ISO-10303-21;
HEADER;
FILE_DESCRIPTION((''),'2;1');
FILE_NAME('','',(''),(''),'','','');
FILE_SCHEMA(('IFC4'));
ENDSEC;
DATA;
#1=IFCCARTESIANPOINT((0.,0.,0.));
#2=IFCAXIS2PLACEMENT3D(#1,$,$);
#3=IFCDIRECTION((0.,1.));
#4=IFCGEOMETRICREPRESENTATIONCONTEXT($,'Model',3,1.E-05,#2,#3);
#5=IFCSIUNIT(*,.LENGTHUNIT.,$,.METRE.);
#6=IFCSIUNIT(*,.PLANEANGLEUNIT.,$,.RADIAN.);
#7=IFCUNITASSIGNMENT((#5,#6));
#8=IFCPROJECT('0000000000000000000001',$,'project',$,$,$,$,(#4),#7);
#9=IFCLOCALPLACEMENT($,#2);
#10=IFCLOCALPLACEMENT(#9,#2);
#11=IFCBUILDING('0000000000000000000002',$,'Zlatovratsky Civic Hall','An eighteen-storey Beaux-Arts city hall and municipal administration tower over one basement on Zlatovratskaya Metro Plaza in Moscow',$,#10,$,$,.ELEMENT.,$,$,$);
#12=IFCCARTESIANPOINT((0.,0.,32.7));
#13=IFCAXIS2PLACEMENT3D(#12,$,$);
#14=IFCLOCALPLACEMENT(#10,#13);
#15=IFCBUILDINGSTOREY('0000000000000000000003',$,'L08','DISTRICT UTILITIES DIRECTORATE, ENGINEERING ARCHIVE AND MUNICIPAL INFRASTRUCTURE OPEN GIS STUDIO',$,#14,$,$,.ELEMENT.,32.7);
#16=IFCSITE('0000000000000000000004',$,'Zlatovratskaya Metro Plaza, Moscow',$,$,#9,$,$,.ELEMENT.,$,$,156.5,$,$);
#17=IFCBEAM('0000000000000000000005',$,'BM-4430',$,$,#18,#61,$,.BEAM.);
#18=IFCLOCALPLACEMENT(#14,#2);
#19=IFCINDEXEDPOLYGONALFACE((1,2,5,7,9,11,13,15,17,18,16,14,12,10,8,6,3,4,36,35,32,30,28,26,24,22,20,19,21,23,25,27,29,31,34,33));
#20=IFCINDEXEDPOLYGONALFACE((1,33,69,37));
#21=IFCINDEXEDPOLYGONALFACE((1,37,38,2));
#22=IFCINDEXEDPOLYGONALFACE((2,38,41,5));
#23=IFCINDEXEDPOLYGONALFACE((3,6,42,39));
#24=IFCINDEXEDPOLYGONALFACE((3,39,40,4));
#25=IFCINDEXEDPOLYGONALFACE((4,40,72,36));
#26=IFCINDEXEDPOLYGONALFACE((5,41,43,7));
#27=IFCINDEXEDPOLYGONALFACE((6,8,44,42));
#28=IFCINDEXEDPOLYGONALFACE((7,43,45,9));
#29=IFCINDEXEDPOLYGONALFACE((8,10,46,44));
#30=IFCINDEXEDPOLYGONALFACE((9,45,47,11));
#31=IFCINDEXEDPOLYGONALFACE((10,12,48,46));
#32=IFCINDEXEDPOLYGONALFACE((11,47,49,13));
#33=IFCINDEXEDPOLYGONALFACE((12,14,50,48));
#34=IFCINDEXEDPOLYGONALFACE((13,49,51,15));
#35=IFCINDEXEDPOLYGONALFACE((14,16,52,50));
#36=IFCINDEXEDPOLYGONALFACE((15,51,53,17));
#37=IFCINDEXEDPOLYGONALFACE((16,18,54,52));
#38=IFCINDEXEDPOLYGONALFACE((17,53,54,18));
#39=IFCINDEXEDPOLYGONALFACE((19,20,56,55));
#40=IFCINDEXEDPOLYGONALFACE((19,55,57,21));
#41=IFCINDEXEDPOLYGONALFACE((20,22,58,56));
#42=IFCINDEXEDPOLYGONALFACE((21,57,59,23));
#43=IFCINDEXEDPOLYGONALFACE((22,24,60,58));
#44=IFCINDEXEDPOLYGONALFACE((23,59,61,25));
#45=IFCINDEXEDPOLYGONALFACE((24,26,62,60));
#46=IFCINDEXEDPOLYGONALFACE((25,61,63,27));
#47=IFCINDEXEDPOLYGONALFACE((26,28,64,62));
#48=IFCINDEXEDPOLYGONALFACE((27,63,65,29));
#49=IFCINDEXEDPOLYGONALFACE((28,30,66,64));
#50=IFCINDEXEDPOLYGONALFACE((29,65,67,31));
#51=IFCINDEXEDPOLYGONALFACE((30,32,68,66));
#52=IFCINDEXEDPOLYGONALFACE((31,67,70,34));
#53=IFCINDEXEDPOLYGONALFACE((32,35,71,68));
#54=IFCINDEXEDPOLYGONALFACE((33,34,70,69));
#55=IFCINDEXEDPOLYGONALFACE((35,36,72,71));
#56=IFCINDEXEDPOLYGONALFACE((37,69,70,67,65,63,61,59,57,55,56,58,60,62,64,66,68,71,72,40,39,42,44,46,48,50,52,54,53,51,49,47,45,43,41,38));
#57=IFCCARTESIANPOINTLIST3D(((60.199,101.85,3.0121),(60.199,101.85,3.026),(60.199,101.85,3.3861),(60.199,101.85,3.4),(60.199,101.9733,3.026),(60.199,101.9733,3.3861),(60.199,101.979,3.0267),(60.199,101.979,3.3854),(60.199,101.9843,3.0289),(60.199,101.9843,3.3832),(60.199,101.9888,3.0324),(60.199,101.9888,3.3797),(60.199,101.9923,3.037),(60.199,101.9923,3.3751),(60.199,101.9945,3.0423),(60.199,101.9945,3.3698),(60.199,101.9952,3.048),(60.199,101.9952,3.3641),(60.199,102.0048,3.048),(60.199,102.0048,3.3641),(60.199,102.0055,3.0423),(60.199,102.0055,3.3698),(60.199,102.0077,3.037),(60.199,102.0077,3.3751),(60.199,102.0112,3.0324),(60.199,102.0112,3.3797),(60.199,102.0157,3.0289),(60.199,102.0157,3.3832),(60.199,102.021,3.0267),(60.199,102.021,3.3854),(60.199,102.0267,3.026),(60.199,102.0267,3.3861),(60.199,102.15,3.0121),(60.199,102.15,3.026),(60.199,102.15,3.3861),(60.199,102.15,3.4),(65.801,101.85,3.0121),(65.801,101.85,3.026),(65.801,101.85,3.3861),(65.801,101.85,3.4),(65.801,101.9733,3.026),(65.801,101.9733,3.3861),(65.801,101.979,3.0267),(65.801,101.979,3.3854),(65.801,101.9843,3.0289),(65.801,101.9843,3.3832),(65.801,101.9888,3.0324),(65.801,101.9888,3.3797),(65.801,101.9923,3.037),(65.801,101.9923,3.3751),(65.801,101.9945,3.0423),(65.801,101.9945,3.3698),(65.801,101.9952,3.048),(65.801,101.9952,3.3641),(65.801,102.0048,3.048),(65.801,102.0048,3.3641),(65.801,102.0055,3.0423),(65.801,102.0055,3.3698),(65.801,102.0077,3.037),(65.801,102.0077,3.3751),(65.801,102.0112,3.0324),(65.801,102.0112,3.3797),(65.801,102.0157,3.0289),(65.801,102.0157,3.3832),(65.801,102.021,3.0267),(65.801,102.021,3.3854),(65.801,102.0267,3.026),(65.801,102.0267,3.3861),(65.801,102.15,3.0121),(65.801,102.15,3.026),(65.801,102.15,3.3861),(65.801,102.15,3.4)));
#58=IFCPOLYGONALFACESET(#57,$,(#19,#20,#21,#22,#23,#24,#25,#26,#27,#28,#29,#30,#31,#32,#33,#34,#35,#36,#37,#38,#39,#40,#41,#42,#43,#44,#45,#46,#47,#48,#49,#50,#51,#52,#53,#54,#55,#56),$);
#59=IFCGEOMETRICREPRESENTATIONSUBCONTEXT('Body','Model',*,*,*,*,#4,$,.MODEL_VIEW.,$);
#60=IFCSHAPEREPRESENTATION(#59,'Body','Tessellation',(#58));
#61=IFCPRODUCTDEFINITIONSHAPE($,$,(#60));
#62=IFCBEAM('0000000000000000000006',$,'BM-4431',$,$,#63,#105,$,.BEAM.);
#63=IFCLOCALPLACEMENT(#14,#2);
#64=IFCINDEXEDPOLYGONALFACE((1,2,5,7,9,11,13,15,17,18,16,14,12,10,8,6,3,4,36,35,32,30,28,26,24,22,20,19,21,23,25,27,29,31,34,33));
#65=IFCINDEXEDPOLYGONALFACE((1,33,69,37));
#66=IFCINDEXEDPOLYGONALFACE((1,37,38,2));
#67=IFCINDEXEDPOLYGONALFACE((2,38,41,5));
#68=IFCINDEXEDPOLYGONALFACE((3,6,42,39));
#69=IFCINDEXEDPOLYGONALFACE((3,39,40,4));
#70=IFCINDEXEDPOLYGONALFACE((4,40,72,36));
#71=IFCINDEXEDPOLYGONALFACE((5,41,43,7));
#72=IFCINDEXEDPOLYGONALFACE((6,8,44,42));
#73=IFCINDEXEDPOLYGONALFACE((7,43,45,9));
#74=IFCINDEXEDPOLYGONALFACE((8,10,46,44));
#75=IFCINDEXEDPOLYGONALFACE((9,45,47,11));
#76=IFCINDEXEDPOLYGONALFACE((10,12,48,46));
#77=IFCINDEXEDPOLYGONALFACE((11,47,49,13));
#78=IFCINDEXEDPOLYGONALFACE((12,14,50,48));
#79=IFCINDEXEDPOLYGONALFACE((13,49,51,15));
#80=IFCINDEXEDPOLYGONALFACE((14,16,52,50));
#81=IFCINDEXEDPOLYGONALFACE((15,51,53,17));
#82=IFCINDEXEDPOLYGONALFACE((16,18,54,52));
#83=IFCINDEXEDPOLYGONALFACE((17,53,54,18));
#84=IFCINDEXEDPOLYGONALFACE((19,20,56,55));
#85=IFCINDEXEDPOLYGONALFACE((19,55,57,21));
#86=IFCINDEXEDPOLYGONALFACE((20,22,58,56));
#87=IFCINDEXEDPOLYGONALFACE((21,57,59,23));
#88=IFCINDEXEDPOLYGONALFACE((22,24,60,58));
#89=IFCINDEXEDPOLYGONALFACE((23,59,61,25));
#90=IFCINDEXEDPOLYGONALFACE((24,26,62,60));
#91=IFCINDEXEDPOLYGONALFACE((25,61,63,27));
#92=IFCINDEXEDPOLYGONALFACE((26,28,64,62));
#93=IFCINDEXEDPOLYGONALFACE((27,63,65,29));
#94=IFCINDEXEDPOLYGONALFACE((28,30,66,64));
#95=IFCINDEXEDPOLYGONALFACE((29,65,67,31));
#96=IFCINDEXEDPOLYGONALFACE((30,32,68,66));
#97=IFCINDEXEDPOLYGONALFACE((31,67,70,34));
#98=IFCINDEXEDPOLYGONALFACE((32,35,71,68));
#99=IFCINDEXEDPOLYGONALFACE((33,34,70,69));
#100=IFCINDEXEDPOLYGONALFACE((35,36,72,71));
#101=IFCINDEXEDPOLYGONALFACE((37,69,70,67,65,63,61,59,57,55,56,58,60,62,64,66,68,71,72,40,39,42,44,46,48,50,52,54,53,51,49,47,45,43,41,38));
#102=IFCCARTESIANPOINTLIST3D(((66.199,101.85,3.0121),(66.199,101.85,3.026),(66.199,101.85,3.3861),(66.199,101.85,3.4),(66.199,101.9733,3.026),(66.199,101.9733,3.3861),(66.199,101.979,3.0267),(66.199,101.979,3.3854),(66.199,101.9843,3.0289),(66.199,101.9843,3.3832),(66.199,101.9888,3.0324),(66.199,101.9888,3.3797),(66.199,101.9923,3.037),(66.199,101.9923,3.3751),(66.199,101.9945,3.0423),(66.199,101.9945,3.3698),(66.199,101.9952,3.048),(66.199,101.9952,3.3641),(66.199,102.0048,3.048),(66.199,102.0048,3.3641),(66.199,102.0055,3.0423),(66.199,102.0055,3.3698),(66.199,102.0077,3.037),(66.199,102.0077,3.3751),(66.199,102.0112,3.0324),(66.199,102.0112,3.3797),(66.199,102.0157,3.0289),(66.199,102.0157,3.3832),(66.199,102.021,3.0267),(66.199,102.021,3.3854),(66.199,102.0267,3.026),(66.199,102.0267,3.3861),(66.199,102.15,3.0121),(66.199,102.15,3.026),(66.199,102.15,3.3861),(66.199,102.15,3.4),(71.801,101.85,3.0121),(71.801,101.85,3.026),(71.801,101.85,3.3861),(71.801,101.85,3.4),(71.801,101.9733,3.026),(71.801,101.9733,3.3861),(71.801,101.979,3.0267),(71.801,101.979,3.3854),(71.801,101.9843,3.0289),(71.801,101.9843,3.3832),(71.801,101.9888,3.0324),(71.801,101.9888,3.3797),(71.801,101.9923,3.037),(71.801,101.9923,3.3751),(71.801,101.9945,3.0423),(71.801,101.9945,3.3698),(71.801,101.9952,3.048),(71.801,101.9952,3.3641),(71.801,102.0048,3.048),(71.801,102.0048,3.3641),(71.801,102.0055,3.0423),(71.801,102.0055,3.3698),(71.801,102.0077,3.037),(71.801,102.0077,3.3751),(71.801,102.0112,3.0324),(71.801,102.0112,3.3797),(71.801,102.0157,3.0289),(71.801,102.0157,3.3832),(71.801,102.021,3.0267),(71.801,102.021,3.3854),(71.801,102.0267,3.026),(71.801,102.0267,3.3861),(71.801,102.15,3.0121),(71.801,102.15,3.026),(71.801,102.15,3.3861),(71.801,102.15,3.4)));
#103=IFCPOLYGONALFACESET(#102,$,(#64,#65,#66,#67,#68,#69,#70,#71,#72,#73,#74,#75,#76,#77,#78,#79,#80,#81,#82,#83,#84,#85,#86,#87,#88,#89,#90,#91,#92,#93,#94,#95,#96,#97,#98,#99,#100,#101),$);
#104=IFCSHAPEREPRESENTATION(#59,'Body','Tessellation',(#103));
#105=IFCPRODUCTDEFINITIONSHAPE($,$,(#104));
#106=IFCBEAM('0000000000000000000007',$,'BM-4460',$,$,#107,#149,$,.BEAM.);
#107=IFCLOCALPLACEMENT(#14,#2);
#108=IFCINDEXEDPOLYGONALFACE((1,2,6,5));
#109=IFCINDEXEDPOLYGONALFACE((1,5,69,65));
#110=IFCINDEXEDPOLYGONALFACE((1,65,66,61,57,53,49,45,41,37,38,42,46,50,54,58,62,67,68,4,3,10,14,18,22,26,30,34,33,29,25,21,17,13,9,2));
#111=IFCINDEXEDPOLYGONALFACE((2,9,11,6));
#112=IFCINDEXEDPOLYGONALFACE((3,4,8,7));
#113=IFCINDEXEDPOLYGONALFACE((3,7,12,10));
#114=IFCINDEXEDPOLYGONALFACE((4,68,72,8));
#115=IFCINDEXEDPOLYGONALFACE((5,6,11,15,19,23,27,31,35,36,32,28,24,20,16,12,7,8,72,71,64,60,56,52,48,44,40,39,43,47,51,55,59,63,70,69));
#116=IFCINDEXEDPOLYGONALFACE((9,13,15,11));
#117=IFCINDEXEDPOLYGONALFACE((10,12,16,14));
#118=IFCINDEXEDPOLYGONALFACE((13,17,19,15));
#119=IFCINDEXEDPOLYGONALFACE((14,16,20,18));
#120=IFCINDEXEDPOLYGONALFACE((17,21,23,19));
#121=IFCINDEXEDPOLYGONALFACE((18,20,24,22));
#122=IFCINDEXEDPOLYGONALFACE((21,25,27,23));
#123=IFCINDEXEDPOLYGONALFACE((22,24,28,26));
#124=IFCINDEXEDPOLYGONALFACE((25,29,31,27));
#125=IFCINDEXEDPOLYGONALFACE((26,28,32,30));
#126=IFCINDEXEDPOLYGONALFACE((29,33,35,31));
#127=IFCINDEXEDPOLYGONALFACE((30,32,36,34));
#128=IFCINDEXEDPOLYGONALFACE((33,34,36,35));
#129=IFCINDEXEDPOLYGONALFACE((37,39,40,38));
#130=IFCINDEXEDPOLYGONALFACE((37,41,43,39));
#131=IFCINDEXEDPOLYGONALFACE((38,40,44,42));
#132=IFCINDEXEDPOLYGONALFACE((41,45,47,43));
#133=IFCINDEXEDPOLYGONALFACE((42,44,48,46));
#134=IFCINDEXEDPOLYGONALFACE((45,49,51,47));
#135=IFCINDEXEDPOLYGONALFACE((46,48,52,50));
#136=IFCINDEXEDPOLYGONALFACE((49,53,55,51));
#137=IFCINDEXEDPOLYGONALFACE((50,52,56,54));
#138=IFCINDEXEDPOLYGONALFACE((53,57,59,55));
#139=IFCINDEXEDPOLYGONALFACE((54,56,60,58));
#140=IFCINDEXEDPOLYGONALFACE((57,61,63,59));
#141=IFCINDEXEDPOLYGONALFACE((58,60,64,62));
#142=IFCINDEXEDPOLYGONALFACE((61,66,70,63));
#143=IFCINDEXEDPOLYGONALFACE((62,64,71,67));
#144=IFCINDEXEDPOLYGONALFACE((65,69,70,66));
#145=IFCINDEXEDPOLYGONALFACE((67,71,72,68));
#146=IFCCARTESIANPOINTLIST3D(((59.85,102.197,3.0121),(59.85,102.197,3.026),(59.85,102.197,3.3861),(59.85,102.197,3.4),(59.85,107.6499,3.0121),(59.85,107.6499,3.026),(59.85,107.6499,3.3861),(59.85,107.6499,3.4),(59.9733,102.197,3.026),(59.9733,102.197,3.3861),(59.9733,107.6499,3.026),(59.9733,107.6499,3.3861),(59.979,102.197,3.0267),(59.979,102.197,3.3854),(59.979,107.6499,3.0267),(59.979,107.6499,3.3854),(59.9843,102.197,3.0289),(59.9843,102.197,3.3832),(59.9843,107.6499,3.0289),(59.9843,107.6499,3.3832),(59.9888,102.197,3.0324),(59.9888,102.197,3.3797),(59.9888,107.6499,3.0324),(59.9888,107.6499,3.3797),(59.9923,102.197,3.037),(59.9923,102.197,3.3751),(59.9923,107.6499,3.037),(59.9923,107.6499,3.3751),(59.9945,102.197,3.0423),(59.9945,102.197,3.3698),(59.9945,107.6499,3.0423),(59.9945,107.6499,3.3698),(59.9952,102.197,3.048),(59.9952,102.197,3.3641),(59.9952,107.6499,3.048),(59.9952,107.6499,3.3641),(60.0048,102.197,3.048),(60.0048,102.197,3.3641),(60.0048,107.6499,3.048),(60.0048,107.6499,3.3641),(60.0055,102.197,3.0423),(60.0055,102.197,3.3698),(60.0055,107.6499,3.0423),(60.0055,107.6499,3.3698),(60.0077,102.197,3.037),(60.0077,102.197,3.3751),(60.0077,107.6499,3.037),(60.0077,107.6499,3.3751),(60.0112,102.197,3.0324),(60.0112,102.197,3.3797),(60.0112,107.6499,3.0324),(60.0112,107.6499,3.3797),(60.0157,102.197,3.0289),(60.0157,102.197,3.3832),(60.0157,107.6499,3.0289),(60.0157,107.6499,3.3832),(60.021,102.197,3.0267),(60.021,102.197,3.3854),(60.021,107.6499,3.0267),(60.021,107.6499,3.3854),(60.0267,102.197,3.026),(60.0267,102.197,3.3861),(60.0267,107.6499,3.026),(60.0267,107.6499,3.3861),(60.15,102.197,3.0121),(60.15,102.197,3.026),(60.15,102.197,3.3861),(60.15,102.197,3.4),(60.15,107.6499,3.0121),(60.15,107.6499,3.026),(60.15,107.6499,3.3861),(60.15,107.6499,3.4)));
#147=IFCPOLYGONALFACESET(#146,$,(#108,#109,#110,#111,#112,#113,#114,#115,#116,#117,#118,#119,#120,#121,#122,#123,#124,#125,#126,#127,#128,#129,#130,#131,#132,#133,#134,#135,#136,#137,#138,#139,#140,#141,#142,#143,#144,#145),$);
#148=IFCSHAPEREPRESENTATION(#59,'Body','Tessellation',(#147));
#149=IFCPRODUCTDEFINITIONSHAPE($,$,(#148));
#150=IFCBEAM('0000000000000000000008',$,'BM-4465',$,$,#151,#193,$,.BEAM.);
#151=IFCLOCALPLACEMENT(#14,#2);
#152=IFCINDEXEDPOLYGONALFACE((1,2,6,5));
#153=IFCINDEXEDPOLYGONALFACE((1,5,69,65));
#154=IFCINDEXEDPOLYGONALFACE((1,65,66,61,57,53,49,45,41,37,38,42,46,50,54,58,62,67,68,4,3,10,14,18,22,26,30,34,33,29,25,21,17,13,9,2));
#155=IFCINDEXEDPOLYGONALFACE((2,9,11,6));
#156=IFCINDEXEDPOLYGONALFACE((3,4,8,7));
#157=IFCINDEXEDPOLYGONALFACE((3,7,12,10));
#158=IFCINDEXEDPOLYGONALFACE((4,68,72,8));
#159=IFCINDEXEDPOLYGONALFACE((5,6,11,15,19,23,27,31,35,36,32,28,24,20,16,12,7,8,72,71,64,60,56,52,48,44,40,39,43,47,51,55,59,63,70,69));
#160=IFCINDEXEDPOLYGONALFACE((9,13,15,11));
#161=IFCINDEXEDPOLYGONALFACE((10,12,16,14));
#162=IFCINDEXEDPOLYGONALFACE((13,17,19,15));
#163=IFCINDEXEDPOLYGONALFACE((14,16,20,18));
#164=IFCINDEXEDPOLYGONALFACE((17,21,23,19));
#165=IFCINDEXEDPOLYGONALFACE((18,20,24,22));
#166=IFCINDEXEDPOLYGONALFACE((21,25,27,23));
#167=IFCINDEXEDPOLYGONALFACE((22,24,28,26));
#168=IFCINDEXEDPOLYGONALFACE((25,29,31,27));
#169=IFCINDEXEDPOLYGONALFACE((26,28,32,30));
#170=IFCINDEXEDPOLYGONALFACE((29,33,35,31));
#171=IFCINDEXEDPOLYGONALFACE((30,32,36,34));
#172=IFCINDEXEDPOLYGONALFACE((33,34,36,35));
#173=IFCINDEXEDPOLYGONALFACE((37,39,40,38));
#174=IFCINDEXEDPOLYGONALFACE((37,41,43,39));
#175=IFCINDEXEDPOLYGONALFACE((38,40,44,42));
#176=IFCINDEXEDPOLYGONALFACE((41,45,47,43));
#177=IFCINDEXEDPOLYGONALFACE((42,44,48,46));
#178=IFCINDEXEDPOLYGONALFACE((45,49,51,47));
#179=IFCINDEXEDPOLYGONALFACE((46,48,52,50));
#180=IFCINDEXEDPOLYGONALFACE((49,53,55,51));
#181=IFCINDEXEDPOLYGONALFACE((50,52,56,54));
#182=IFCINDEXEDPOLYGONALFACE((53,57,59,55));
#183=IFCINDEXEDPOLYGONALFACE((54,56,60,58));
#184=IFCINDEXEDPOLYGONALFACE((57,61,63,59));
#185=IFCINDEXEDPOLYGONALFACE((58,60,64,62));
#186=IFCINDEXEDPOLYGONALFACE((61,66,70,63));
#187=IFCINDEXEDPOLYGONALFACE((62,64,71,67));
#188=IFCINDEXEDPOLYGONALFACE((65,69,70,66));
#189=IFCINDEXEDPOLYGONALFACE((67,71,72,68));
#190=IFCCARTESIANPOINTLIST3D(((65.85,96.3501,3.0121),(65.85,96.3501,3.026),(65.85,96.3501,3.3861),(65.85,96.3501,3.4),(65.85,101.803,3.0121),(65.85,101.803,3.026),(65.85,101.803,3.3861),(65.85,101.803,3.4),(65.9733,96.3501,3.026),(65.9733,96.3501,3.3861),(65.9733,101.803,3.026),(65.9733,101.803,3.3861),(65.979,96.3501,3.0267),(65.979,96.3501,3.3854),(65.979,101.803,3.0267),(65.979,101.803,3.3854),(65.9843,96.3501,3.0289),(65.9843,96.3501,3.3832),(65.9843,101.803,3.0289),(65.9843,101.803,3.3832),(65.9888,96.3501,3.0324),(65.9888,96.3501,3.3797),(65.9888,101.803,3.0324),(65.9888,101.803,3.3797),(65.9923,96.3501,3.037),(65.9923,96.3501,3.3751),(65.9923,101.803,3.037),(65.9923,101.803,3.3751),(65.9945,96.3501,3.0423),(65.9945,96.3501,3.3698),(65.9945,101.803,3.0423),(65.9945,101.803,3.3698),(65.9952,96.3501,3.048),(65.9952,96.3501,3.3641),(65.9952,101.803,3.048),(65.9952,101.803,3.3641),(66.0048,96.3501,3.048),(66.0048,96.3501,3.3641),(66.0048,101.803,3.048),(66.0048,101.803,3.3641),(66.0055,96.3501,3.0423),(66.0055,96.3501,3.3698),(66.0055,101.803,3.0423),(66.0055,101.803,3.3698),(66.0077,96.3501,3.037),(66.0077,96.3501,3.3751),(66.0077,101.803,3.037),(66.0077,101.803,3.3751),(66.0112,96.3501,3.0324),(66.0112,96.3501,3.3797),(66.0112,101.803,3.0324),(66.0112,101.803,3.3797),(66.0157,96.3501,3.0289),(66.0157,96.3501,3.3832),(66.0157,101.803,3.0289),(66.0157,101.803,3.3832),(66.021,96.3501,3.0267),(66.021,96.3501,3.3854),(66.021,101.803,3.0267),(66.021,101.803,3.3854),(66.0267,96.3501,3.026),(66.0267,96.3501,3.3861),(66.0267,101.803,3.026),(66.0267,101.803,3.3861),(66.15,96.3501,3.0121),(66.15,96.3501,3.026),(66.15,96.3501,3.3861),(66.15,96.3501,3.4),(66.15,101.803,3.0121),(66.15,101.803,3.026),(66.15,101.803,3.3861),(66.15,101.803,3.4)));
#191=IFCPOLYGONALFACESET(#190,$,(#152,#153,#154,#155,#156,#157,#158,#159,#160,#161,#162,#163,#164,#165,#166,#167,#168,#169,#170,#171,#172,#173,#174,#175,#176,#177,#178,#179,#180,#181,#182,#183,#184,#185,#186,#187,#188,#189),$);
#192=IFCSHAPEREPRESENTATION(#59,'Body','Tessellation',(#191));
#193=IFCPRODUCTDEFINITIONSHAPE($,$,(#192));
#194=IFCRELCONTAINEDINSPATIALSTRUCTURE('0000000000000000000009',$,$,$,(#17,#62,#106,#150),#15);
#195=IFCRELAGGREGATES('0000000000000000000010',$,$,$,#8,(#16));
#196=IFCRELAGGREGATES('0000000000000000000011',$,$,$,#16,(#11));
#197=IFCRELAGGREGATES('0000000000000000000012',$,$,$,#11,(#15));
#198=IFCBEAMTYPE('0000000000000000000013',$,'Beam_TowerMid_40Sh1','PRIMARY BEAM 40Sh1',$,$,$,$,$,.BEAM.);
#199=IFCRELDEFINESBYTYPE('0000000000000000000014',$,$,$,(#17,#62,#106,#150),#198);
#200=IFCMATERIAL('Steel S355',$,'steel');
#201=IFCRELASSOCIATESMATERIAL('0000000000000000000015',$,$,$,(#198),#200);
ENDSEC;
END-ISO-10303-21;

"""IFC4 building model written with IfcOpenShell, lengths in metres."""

from ifc_helpers import new_model, si_unit, direction, frame, origin, origin_2d, place, context, subcontext, project, spatial, i_section, extrude, material, material_profile, profile_set, type_object, element, save


model = new_model("IFC4")

# Units and contexts
model_context = context("Model", 3, precision=1e-05, world=origin(), true_north=direction((0.0, 1.0)))
body_context = subcontext(model_context, "Body", "Model", "MODEL_VIEW")
ifc_project = project(units=[si_unit("LENGTHUNIT", "METRE"), si_unit("PLANEANGLEUNIT", "RADIAN")], contexts=[model_context])

# Site, building, storey
site_placement = place(None, origin())
site = spatial("IfcSite", under=ifc_project, at=site_placement, Name="Zlatovratskaya Metro Plaza, Moscow", CompositionType="ELEMENT", RefElevation=156.5)
building_placement = place(site_placement, origin())
building = spatial("IfcBuilding", under=site, at=building_placement, Name="Zlatovratsky Civic Hall", Description="An eighteen-storey Beaux-Arts city hall and municipal administration tower over one basement on Zlatovratskaya Metro Plaza in Moscow", CompositionType="ELEMENT")
storey_placement = place(building_placement, frame((0.0, 0.0, 32.7)))
storey = spatial("IfcBuildingStorey", under=building, at=storey_placement, Name="L08", Description="DISTRICT UTILITIES DIRECTORATE, ENGINEERING ARCHIVE AND MUNICIPAL INFRASTRUCTURE OPEN GIS STUDIO", CompositionType="ELEMENT", Elevation=32.7)

# Shared definitions
ifc_material_1 = material(Name="Steel S355", Category="steel")

# Beams
ifc_material_profile_1 = material_profile(ifc_material_1, i_section(OverallWidth=0.3, OverallDepth=0.3879, WebThickness=0.0095, FlangeThickness=0.0139, FilletRadius=0.022, at=origin_2d()), Name="40Sh1")
ifc_profile_set_1 = profile_set([ifc_material_profile_1], Name="Steel S355")
beam_type_1 = type_object("IfcBeamType", Name="Beam_TowerMid_40Sh1", Description="PRIMARY BEAM 40Sh1", PredefinedType="BEAM", material=ifc_profile_set_1)
for number, where, z_axis, x_axis, name in (
    (1, (60.199, 102.0, 3.2061), (1.0, 0.0, 0.0), (0.0, 1.0, 0.0), "BM-4430"),
    (2, (66.199, 102.0, 3.2061), (1.0, 0.0, 0.0), (0.0, 1.0, 0.0), "BM-4431"),
):
    element("IfcBeam", number, at=place(storey_placement, frame(where, z_axis=z_axis, x_axis=x_axis)), inside=storey, type_object=beam_type_1, Name=name, PredefinedType="BEAM", context=body_context, shape_type="SweptSolid", body=[
        extrude(i_section(OverallWidth=0.3, OverallDepth=0.3879, WebThickness=0.0095, FlangeThickness=0.0139, FilletRadius=0.022, at=origin_2d()), origin(), (0.0, 0.0, 1.0), 5.6021),
    ])
for number, where, z_axis, x_axis, name in (
    (3, (60.0, 102.197, 3.2061), (0.0, 1.0, 0.0), (-1.0, 0.0, 0.0), "BM-4460"),
    (4, (66.0, 96.3501, 3.2061), (0.0, 1.0, 0.0), (-1.0, 0.0, 0.0), "BM-4465"),
):
    element("IfcBeam", number, at=place(storey_placement, frame(where, z_axis=z_axis, x_axis=x_axis)), inside=storey, type_object=beam_type_1, Name=name, PredefinedType="BEAM", context=body_context, shape_type="SweptSolid", body=[
        extrude(i_section(OverallWidth=0.3, OverallDepth=0.3879, WebThickness=0.0095, FlangeThickness=0.0139, FilletRadius=0.022, at=origin_2d()), origin(), (0.0, 0.0, 1.0), 5.4529),
    ])

save(model, "model.ifc")
